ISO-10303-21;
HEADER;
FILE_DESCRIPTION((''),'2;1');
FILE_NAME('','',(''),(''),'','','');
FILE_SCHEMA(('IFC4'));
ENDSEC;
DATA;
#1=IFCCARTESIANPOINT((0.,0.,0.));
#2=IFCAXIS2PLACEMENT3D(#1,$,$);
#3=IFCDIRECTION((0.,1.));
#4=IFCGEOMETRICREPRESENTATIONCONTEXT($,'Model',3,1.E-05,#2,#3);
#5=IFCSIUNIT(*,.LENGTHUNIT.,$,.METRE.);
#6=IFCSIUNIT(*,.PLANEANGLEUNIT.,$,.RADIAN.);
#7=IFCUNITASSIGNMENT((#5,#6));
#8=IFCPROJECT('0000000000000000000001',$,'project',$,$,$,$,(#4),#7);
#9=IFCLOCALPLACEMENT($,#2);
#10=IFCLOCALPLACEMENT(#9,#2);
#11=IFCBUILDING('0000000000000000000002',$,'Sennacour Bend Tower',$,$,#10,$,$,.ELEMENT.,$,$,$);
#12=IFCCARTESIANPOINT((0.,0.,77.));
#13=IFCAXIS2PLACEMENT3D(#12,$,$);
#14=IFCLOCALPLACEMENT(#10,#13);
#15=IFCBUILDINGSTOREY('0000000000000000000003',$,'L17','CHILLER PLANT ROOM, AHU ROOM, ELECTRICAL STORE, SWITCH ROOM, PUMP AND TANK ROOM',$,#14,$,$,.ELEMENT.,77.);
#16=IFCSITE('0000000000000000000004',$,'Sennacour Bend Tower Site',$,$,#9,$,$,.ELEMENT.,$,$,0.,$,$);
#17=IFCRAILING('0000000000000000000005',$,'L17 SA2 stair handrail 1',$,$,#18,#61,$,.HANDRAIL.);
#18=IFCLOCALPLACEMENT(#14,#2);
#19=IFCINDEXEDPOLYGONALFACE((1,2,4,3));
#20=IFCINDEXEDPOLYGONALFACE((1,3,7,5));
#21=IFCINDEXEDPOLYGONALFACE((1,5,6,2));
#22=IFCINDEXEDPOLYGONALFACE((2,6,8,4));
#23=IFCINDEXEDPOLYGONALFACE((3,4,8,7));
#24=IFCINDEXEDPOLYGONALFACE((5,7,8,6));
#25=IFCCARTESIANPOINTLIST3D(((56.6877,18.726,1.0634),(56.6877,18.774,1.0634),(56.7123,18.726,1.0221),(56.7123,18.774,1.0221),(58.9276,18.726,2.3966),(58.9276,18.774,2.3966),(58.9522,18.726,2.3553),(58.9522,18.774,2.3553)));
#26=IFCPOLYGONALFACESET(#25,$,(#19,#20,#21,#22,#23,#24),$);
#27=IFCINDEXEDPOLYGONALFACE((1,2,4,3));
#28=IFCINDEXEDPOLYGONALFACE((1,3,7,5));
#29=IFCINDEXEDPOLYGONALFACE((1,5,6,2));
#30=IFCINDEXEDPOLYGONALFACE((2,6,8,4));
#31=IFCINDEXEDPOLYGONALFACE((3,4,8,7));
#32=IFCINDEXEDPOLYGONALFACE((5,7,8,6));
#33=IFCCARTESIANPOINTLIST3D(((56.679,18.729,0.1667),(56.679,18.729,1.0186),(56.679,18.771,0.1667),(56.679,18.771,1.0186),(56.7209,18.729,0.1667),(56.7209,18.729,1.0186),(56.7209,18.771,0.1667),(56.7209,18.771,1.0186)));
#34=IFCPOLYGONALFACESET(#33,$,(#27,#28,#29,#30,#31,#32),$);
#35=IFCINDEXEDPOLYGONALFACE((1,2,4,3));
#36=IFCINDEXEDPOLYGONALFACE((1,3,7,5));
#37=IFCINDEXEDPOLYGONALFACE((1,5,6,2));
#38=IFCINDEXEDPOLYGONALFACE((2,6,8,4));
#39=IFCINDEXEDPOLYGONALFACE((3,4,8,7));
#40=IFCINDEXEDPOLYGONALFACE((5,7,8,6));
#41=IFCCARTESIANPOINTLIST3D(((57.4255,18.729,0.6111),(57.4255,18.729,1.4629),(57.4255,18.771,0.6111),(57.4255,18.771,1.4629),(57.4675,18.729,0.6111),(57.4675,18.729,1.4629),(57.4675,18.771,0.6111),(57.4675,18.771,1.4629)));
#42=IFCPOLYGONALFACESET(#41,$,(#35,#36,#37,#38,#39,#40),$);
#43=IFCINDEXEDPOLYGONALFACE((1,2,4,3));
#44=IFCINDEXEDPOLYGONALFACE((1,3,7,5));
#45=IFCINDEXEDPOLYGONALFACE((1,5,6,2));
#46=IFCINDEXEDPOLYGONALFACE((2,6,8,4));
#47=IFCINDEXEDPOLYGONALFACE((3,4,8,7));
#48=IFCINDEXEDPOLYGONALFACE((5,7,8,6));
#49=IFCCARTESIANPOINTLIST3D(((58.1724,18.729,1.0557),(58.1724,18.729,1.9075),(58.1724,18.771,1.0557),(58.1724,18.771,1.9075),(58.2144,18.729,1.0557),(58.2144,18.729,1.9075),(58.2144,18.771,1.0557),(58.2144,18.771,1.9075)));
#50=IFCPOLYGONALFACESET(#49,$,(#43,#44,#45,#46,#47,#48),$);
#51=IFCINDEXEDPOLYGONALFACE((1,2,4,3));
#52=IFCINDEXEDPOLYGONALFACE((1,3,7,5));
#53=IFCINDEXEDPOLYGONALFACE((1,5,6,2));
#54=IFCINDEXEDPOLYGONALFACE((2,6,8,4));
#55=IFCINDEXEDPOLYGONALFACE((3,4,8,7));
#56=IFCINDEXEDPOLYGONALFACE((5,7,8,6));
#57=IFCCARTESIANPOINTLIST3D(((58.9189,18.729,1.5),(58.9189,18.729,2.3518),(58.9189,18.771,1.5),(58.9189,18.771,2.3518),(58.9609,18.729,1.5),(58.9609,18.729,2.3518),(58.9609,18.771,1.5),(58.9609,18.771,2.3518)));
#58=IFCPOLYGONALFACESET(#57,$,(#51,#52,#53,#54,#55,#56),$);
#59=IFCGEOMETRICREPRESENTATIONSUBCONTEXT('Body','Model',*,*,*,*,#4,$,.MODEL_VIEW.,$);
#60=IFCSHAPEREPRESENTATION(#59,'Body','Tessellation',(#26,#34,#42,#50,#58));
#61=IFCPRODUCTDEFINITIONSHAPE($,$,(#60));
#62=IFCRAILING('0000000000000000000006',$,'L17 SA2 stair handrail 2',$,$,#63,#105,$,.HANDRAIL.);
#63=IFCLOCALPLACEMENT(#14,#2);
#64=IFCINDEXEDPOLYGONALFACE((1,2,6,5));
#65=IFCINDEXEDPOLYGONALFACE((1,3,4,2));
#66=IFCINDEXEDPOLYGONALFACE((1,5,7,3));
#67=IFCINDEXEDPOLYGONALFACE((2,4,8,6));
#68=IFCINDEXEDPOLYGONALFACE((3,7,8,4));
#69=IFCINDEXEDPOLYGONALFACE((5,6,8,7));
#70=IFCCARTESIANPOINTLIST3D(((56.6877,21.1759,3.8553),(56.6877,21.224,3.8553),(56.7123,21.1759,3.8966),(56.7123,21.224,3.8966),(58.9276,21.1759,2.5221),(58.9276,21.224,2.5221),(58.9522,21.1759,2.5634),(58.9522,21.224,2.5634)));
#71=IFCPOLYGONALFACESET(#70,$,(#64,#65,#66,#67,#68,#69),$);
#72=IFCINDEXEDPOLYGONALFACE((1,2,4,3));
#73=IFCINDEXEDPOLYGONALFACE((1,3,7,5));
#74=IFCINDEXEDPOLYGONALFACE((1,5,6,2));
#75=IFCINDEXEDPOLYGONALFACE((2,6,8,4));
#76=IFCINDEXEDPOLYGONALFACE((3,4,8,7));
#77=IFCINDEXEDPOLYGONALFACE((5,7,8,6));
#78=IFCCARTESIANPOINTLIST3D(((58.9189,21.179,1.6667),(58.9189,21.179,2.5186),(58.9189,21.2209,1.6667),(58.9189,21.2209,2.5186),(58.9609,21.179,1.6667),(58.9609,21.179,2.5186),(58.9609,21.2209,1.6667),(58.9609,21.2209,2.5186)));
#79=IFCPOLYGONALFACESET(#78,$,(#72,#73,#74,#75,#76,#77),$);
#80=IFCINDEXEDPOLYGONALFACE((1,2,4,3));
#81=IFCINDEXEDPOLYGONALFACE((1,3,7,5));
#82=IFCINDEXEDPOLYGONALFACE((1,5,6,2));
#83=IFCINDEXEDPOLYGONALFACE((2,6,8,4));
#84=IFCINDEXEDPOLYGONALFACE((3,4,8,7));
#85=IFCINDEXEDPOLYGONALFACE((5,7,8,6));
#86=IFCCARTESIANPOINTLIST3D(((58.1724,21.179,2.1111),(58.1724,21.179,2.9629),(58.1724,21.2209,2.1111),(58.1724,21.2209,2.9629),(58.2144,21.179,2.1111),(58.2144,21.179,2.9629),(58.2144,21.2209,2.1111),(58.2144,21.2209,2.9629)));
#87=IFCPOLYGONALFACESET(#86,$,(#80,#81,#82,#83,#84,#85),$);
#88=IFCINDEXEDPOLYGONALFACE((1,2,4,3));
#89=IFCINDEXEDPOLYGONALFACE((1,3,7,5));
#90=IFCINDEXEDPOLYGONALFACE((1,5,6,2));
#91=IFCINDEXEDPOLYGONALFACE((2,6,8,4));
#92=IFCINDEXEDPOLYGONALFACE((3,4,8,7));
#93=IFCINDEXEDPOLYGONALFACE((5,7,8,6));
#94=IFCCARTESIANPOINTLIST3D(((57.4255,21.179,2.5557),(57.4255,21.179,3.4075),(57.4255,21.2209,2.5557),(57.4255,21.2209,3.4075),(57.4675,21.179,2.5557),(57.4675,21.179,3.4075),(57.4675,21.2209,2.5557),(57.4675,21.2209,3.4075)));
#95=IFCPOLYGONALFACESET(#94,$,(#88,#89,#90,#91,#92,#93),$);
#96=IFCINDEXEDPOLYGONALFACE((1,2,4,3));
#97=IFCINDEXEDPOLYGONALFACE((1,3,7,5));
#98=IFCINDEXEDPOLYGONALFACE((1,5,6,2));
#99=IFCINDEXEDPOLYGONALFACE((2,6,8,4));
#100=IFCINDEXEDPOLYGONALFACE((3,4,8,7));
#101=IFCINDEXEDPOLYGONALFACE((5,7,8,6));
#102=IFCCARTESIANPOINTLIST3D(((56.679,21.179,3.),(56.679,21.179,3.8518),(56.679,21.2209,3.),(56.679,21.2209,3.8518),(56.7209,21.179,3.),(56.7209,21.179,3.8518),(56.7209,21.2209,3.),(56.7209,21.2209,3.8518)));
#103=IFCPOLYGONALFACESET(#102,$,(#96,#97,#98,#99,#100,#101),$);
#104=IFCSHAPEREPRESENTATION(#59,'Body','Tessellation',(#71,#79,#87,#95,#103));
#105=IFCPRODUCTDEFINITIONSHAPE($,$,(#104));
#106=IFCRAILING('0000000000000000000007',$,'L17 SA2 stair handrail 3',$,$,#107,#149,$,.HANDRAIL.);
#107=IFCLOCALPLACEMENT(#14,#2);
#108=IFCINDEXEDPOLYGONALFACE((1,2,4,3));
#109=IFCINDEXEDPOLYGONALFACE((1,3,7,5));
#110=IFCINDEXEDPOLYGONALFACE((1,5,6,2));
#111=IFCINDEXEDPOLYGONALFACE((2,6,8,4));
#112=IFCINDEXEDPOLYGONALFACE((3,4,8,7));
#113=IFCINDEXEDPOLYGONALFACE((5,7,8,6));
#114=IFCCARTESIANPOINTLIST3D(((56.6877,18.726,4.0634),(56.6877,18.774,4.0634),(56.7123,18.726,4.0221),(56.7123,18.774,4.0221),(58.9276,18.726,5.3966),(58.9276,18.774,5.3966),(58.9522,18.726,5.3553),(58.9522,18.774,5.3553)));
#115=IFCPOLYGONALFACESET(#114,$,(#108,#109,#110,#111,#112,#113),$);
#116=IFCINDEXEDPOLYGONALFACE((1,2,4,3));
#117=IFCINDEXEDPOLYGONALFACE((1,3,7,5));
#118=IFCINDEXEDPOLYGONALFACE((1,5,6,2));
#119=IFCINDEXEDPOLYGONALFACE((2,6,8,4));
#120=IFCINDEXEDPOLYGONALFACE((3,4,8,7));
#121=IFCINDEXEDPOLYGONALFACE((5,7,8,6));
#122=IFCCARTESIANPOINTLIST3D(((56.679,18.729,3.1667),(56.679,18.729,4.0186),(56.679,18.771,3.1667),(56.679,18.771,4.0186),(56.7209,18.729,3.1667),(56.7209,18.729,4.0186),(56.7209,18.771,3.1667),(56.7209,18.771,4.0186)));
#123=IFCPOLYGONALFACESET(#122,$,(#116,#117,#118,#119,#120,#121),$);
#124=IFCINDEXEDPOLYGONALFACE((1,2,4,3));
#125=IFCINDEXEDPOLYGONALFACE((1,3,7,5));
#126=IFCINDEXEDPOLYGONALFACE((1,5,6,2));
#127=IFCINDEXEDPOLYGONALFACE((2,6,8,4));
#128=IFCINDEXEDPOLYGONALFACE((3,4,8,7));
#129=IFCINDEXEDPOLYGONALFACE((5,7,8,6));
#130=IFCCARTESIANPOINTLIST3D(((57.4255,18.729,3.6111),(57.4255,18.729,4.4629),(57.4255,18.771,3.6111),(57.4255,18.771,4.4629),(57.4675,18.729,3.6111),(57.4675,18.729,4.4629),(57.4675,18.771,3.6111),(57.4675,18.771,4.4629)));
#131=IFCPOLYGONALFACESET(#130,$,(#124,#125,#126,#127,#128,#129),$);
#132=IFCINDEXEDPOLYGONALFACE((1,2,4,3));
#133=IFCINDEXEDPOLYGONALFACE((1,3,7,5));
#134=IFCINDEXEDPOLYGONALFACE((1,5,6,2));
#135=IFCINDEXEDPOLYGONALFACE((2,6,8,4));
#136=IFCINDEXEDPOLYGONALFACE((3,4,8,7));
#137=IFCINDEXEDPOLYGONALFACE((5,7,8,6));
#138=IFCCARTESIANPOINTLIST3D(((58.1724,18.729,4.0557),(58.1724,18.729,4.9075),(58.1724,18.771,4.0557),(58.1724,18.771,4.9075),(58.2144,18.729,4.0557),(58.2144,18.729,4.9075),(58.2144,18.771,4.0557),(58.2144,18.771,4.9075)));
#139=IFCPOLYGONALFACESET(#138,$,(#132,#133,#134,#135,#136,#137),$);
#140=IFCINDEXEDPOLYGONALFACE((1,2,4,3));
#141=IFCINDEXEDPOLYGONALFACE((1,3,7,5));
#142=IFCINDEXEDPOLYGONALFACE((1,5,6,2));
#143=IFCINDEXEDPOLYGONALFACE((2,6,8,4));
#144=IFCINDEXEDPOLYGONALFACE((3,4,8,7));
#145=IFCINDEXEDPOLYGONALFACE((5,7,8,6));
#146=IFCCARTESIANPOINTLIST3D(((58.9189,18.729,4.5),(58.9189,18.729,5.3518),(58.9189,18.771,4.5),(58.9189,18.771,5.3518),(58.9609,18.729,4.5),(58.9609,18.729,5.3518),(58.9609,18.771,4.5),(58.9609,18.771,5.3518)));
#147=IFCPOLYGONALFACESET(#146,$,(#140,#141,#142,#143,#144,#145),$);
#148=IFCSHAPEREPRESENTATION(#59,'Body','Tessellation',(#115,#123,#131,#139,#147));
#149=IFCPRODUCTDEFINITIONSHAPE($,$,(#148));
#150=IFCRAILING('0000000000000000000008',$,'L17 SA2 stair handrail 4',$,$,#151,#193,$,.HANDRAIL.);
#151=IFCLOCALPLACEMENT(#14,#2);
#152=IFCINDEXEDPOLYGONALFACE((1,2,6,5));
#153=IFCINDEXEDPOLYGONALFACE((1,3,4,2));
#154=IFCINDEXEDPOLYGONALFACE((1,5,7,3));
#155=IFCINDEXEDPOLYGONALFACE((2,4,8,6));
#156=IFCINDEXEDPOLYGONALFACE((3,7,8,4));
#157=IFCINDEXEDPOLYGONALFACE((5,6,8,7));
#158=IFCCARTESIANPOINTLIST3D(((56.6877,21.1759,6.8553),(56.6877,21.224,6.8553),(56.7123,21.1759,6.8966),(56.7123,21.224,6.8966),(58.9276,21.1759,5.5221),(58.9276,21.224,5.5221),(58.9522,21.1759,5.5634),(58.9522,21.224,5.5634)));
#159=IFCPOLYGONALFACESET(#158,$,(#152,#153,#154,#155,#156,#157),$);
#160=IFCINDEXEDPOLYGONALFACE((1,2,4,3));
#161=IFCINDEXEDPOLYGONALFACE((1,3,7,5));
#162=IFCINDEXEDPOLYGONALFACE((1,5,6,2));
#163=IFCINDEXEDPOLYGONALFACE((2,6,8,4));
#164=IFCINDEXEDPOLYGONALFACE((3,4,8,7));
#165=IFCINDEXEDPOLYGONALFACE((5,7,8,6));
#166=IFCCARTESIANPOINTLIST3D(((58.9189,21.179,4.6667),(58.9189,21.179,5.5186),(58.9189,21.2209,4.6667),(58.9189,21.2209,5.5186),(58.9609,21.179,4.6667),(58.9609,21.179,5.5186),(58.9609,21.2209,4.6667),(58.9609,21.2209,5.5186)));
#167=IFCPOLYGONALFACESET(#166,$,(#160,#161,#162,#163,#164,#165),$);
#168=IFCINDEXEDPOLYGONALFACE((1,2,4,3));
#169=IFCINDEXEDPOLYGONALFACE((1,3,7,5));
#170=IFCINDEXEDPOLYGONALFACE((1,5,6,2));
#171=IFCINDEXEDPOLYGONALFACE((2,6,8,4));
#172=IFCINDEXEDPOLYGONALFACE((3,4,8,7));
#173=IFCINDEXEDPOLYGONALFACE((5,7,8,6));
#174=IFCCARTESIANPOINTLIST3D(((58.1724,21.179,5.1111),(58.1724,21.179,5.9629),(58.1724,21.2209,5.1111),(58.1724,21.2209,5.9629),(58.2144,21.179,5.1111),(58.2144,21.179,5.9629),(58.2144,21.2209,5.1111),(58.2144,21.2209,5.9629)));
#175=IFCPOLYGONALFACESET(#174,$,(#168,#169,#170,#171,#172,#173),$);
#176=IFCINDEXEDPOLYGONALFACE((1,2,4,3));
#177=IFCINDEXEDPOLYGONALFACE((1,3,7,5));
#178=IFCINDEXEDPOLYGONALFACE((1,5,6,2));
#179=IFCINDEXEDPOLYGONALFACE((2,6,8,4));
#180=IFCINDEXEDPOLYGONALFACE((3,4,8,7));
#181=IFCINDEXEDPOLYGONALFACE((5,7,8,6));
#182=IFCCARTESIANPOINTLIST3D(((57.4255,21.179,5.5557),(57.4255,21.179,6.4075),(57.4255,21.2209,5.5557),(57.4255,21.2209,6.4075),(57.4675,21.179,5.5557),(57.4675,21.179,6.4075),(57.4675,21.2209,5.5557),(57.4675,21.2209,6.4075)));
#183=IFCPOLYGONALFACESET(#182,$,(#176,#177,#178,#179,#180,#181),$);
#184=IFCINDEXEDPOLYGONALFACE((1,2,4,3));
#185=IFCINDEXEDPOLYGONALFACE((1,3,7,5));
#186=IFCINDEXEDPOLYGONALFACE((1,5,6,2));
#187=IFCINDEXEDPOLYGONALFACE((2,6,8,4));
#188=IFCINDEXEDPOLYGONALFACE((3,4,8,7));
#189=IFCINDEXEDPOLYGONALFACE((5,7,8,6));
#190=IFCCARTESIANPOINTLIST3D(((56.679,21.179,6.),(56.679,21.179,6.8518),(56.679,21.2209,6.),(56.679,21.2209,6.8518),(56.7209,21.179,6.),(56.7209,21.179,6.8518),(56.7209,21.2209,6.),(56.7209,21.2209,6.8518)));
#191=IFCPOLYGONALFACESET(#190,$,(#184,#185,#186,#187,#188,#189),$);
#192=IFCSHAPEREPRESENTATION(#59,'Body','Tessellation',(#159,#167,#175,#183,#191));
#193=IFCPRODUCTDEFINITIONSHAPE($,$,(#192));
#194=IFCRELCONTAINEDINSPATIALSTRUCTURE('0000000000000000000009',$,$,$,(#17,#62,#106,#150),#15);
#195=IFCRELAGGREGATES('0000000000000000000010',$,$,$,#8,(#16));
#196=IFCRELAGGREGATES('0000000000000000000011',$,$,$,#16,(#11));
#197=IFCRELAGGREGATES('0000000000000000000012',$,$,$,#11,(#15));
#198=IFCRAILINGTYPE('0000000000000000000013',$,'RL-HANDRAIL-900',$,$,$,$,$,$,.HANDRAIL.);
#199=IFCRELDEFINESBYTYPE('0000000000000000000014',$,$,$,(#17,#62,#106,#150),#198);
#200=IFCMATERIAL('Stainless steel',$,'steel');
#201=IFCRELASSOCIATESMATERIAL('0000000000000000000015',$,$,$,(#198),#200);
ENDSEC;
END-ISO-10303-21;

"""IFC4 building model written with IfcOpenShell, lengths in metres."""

from ifc_helpers import new_model, si_unit, direction, frame, origin, origin_2d, place, context, subcontext, project, spatial, rectangle, extrude, material, type_object, element, save


model = new_model("IFC4")

# Units and contexts
model_context = context("Model", 3, precision=1e-05, world=origin(), true_north=direction((0.0, 1.0)))
body_context = subcontext(model_context, "Body", "Model", "MODEL_VIEW")
ifc_project = project(units=[si_unit("LENGTHUNIT", "METRE"), si_unit("PLANEANGLEUNIT", "RADIAN")], contexts=[model_context])

# Site, building, storey
site_placement = place(None, origin())
site = spatial("IfcSite", under=ifc_project, at=site_placement, Name="Sennacour Bend Tower Site", CompositionType="ELEMENT", RefElevation=0.0)
building_placement = place(site_placement, origin())
building = spatial("IfcBuilding", under=site, at=building_placement, Name="Sennacour Bend Tower", CompositionType="ELEMENT")
storey_placement = place(building_placement, frame((0.0, 0.0, 77.0)))
storey = spatial("IfcBuildingStorey", under=building, at=storey_placement, Name="L17", Description="CHILLER PLANT ROOM, AHU ROOM, ELECTRICAL STORE, SWITCH ROOM, PUMP AND TANK ROOM", CompositionType="ELEMENT", Elevation=77.0)

# Railings
ifc_material_1 = material(Name="Stainless steel", Category="steel")
railing_type_1 = type_object("IfcRailingType", Name="RL-HANDRAIL-900", PredefinedType="HANDRAIL", material=ifc_material_1)
railing_1_placement = place(storey_placement, frame((56.7, 18.75, 0.1667)))
element("IfcRailing", 1, at=railing_1_placement, inside=storey, type_object=railing_type_1, Name="L17 SA2 stair handrail 1", PredefinedType="HANDRAIL", context=body_context, shape_type="SweptSolid", body=[
    extrude(rectangle(XDim=0.0481, YDim=0.0481, at=origin_2d()), frame((0.0, 0.0, 0.876), z_axis=(0.859306, 0.0, 0.511462), x_axis=(0.0, 1.0, 0.0)), (0.0, 0.0, 1.0), 2.6067),
    extrude(rectangle(XDim=0.042, YDim=0.042, at=origin_2d()), origin(), (0.0, 0.0, 1.0), 0.8518),
    extrude(rectangle(XDim=0.042, YDim=0.042, at=origin_2d()), frame((0.7466, 0.0, 0.4443)), (0.0, 0.0, 1.0), 0.8518),
    extrude(rectangle(XDim=0.042, YDim=0.042, at=origin_2d()), frame((1.4934, 0.0, 0.8889)), (0.0, 0.0, 1.0), 0.8518),
    extrude(rectangle(XDim=0.042, YDim=0.042, at=origin_2d()), frame((2.24, 0.0, 1.3333)), (0.0, 0.0, 1.0), 0.8518),
])
railing_2_placement = place(storey_placement, frame((58.9399, 21.2, 1.6667)))
element("IfcRailing", 2, at=railing_2_placement, inside=storey, type_object=railing_type_1, Name="L17 SA2 stair handrail 2", PredefinedType="HANDRAIL", context=body_context, shape_type="SweptSolid", body=[
    extrude(rectangle(XDim=0.0481, YDim=0.0481, at=origin_2d()), frame((0.0, 0.0, 0.876), z_axis=(-0.859306, 0.0, 0.511462), x_axis=(0.0, -1.0, 0.0)), (0.0, 0.0, 1.0), 2.6067),
    extrude(rectangle(XDim=0.042, YDim=0.042, at=origin_2d()), origin(), (0.0, 0.0, 1.0), 0.8518),
    extrude(rectangle(XDim=0.042, YDim=0.042, at=origin_2d()), frame((-0.7466, 0.0, 0.4443)), (0.0, 0.0, 1.0), 0.8518),
    extrude(rectangle(XDim=0.042, YDim=0.042, at=origin_2d()), frame((-1.4934, 0.0, 0.8889)), (0.0, 0.0, 1.0), 0.8518),
    extrude(rectangle(XDim=0.042, YDim=0.042, at=origin_2d()), frame((-2.24, 0.0, 1.3333)), (0.0, 0.0, 1.0), 0.8518),
])
railing_3_placement = place(storey_placement, frame((56.7, 18.75, 3.1667)))
element("IfcRailing", 3, at=railing_3_placement, inside=storey, type_object=railing_type_1, Name="L17 SA2 stair handrail 3", PredefinedType="HANDRAIL", context=body_context, shape_type="SweptSolid", body=[
    extrude(rectangle(XDim=0.0481, YDim=0.0481, at=origin_2d()), frame((0.0, 0.0, 0.876), z_axis=(0.859306, 0.0, 0.511462), x_axis=(0.0, 1.0, 0.0)), (0.0, 0.0, 1.0), 2.6067),
    extrude(rectangle(XDim=0.042, YDim=0.042, at=origin_2d()), origin(), (0.0, 0.0, 1.0), 0.8518),
    extrude(rectangle(XDim=0.042, YDim=0.042, at=origin_2d()), frame((0.7466, 0.0, 0.4443)), (0.0, 0.0, 1.0), 0.8518),
    extrude(rectangle(XDim=0.042, YDim=0.042, at=origin_2d()), frame((1.4934, 0.0, 0.8889)), (0.0, 0.0, 1.0), 0.8518),
    extrude(rectangle(XDim=0.042, YDim=0.042, at=origin_2d()), frame((2.24, 0.0, 1.3333)), (0.0, 0.0, 1.0), 0.8518),
])
railing_4_placement = place(storey_placement, frame((58.9399, 21.2, 4.6667)))
element("IfcRailing", 4, at=railing_4_placement, inside=storey, type_object=railing_type_1, Name="L17 SA2 stair handrail 4", PredefinedType="HANDRAIL", context=body_context, shape_type="SweptSolid", body=[
    extrude(rectangle(XDim=0.0481, YDim=0.0481, at=origin_2d()), frame((0.0, 0.0, 0.876), z_axis=(-0.859306, 0.0, 0.511462), x_axis=(0.0, -1.0, 0.0)), (0.0, 0.0, 1.0), 2.6067),
    extrude(rectangle(XDim=0.042, YDim=0.042, at=origin_2d()), origin(), (0.0, 0.0, 1.0), 0.8518),
    extrude(rectangle(XDim=0.042, YDim=0.042, at=origin_2d()), frame((-0.7466, 0.0, 0.4443)), (0.0, 0.0, 1.0), 0.8518),
    extrude(rectangle(XDim=0.042, YDim=0.042, at=origin_2d()), frame((-1.4934, 0.0, 0.8889)), (0.0, 0.0, 1.0), 0.8518),
    extrude(rectangle(XDim=0.042, YDim=0.042, at=origin_2d()), frame((-2.24, 0.0, 1.3333)), (0.0, 0.0, 1.0), 0.8518),
])

save(model, "model.ifc")
